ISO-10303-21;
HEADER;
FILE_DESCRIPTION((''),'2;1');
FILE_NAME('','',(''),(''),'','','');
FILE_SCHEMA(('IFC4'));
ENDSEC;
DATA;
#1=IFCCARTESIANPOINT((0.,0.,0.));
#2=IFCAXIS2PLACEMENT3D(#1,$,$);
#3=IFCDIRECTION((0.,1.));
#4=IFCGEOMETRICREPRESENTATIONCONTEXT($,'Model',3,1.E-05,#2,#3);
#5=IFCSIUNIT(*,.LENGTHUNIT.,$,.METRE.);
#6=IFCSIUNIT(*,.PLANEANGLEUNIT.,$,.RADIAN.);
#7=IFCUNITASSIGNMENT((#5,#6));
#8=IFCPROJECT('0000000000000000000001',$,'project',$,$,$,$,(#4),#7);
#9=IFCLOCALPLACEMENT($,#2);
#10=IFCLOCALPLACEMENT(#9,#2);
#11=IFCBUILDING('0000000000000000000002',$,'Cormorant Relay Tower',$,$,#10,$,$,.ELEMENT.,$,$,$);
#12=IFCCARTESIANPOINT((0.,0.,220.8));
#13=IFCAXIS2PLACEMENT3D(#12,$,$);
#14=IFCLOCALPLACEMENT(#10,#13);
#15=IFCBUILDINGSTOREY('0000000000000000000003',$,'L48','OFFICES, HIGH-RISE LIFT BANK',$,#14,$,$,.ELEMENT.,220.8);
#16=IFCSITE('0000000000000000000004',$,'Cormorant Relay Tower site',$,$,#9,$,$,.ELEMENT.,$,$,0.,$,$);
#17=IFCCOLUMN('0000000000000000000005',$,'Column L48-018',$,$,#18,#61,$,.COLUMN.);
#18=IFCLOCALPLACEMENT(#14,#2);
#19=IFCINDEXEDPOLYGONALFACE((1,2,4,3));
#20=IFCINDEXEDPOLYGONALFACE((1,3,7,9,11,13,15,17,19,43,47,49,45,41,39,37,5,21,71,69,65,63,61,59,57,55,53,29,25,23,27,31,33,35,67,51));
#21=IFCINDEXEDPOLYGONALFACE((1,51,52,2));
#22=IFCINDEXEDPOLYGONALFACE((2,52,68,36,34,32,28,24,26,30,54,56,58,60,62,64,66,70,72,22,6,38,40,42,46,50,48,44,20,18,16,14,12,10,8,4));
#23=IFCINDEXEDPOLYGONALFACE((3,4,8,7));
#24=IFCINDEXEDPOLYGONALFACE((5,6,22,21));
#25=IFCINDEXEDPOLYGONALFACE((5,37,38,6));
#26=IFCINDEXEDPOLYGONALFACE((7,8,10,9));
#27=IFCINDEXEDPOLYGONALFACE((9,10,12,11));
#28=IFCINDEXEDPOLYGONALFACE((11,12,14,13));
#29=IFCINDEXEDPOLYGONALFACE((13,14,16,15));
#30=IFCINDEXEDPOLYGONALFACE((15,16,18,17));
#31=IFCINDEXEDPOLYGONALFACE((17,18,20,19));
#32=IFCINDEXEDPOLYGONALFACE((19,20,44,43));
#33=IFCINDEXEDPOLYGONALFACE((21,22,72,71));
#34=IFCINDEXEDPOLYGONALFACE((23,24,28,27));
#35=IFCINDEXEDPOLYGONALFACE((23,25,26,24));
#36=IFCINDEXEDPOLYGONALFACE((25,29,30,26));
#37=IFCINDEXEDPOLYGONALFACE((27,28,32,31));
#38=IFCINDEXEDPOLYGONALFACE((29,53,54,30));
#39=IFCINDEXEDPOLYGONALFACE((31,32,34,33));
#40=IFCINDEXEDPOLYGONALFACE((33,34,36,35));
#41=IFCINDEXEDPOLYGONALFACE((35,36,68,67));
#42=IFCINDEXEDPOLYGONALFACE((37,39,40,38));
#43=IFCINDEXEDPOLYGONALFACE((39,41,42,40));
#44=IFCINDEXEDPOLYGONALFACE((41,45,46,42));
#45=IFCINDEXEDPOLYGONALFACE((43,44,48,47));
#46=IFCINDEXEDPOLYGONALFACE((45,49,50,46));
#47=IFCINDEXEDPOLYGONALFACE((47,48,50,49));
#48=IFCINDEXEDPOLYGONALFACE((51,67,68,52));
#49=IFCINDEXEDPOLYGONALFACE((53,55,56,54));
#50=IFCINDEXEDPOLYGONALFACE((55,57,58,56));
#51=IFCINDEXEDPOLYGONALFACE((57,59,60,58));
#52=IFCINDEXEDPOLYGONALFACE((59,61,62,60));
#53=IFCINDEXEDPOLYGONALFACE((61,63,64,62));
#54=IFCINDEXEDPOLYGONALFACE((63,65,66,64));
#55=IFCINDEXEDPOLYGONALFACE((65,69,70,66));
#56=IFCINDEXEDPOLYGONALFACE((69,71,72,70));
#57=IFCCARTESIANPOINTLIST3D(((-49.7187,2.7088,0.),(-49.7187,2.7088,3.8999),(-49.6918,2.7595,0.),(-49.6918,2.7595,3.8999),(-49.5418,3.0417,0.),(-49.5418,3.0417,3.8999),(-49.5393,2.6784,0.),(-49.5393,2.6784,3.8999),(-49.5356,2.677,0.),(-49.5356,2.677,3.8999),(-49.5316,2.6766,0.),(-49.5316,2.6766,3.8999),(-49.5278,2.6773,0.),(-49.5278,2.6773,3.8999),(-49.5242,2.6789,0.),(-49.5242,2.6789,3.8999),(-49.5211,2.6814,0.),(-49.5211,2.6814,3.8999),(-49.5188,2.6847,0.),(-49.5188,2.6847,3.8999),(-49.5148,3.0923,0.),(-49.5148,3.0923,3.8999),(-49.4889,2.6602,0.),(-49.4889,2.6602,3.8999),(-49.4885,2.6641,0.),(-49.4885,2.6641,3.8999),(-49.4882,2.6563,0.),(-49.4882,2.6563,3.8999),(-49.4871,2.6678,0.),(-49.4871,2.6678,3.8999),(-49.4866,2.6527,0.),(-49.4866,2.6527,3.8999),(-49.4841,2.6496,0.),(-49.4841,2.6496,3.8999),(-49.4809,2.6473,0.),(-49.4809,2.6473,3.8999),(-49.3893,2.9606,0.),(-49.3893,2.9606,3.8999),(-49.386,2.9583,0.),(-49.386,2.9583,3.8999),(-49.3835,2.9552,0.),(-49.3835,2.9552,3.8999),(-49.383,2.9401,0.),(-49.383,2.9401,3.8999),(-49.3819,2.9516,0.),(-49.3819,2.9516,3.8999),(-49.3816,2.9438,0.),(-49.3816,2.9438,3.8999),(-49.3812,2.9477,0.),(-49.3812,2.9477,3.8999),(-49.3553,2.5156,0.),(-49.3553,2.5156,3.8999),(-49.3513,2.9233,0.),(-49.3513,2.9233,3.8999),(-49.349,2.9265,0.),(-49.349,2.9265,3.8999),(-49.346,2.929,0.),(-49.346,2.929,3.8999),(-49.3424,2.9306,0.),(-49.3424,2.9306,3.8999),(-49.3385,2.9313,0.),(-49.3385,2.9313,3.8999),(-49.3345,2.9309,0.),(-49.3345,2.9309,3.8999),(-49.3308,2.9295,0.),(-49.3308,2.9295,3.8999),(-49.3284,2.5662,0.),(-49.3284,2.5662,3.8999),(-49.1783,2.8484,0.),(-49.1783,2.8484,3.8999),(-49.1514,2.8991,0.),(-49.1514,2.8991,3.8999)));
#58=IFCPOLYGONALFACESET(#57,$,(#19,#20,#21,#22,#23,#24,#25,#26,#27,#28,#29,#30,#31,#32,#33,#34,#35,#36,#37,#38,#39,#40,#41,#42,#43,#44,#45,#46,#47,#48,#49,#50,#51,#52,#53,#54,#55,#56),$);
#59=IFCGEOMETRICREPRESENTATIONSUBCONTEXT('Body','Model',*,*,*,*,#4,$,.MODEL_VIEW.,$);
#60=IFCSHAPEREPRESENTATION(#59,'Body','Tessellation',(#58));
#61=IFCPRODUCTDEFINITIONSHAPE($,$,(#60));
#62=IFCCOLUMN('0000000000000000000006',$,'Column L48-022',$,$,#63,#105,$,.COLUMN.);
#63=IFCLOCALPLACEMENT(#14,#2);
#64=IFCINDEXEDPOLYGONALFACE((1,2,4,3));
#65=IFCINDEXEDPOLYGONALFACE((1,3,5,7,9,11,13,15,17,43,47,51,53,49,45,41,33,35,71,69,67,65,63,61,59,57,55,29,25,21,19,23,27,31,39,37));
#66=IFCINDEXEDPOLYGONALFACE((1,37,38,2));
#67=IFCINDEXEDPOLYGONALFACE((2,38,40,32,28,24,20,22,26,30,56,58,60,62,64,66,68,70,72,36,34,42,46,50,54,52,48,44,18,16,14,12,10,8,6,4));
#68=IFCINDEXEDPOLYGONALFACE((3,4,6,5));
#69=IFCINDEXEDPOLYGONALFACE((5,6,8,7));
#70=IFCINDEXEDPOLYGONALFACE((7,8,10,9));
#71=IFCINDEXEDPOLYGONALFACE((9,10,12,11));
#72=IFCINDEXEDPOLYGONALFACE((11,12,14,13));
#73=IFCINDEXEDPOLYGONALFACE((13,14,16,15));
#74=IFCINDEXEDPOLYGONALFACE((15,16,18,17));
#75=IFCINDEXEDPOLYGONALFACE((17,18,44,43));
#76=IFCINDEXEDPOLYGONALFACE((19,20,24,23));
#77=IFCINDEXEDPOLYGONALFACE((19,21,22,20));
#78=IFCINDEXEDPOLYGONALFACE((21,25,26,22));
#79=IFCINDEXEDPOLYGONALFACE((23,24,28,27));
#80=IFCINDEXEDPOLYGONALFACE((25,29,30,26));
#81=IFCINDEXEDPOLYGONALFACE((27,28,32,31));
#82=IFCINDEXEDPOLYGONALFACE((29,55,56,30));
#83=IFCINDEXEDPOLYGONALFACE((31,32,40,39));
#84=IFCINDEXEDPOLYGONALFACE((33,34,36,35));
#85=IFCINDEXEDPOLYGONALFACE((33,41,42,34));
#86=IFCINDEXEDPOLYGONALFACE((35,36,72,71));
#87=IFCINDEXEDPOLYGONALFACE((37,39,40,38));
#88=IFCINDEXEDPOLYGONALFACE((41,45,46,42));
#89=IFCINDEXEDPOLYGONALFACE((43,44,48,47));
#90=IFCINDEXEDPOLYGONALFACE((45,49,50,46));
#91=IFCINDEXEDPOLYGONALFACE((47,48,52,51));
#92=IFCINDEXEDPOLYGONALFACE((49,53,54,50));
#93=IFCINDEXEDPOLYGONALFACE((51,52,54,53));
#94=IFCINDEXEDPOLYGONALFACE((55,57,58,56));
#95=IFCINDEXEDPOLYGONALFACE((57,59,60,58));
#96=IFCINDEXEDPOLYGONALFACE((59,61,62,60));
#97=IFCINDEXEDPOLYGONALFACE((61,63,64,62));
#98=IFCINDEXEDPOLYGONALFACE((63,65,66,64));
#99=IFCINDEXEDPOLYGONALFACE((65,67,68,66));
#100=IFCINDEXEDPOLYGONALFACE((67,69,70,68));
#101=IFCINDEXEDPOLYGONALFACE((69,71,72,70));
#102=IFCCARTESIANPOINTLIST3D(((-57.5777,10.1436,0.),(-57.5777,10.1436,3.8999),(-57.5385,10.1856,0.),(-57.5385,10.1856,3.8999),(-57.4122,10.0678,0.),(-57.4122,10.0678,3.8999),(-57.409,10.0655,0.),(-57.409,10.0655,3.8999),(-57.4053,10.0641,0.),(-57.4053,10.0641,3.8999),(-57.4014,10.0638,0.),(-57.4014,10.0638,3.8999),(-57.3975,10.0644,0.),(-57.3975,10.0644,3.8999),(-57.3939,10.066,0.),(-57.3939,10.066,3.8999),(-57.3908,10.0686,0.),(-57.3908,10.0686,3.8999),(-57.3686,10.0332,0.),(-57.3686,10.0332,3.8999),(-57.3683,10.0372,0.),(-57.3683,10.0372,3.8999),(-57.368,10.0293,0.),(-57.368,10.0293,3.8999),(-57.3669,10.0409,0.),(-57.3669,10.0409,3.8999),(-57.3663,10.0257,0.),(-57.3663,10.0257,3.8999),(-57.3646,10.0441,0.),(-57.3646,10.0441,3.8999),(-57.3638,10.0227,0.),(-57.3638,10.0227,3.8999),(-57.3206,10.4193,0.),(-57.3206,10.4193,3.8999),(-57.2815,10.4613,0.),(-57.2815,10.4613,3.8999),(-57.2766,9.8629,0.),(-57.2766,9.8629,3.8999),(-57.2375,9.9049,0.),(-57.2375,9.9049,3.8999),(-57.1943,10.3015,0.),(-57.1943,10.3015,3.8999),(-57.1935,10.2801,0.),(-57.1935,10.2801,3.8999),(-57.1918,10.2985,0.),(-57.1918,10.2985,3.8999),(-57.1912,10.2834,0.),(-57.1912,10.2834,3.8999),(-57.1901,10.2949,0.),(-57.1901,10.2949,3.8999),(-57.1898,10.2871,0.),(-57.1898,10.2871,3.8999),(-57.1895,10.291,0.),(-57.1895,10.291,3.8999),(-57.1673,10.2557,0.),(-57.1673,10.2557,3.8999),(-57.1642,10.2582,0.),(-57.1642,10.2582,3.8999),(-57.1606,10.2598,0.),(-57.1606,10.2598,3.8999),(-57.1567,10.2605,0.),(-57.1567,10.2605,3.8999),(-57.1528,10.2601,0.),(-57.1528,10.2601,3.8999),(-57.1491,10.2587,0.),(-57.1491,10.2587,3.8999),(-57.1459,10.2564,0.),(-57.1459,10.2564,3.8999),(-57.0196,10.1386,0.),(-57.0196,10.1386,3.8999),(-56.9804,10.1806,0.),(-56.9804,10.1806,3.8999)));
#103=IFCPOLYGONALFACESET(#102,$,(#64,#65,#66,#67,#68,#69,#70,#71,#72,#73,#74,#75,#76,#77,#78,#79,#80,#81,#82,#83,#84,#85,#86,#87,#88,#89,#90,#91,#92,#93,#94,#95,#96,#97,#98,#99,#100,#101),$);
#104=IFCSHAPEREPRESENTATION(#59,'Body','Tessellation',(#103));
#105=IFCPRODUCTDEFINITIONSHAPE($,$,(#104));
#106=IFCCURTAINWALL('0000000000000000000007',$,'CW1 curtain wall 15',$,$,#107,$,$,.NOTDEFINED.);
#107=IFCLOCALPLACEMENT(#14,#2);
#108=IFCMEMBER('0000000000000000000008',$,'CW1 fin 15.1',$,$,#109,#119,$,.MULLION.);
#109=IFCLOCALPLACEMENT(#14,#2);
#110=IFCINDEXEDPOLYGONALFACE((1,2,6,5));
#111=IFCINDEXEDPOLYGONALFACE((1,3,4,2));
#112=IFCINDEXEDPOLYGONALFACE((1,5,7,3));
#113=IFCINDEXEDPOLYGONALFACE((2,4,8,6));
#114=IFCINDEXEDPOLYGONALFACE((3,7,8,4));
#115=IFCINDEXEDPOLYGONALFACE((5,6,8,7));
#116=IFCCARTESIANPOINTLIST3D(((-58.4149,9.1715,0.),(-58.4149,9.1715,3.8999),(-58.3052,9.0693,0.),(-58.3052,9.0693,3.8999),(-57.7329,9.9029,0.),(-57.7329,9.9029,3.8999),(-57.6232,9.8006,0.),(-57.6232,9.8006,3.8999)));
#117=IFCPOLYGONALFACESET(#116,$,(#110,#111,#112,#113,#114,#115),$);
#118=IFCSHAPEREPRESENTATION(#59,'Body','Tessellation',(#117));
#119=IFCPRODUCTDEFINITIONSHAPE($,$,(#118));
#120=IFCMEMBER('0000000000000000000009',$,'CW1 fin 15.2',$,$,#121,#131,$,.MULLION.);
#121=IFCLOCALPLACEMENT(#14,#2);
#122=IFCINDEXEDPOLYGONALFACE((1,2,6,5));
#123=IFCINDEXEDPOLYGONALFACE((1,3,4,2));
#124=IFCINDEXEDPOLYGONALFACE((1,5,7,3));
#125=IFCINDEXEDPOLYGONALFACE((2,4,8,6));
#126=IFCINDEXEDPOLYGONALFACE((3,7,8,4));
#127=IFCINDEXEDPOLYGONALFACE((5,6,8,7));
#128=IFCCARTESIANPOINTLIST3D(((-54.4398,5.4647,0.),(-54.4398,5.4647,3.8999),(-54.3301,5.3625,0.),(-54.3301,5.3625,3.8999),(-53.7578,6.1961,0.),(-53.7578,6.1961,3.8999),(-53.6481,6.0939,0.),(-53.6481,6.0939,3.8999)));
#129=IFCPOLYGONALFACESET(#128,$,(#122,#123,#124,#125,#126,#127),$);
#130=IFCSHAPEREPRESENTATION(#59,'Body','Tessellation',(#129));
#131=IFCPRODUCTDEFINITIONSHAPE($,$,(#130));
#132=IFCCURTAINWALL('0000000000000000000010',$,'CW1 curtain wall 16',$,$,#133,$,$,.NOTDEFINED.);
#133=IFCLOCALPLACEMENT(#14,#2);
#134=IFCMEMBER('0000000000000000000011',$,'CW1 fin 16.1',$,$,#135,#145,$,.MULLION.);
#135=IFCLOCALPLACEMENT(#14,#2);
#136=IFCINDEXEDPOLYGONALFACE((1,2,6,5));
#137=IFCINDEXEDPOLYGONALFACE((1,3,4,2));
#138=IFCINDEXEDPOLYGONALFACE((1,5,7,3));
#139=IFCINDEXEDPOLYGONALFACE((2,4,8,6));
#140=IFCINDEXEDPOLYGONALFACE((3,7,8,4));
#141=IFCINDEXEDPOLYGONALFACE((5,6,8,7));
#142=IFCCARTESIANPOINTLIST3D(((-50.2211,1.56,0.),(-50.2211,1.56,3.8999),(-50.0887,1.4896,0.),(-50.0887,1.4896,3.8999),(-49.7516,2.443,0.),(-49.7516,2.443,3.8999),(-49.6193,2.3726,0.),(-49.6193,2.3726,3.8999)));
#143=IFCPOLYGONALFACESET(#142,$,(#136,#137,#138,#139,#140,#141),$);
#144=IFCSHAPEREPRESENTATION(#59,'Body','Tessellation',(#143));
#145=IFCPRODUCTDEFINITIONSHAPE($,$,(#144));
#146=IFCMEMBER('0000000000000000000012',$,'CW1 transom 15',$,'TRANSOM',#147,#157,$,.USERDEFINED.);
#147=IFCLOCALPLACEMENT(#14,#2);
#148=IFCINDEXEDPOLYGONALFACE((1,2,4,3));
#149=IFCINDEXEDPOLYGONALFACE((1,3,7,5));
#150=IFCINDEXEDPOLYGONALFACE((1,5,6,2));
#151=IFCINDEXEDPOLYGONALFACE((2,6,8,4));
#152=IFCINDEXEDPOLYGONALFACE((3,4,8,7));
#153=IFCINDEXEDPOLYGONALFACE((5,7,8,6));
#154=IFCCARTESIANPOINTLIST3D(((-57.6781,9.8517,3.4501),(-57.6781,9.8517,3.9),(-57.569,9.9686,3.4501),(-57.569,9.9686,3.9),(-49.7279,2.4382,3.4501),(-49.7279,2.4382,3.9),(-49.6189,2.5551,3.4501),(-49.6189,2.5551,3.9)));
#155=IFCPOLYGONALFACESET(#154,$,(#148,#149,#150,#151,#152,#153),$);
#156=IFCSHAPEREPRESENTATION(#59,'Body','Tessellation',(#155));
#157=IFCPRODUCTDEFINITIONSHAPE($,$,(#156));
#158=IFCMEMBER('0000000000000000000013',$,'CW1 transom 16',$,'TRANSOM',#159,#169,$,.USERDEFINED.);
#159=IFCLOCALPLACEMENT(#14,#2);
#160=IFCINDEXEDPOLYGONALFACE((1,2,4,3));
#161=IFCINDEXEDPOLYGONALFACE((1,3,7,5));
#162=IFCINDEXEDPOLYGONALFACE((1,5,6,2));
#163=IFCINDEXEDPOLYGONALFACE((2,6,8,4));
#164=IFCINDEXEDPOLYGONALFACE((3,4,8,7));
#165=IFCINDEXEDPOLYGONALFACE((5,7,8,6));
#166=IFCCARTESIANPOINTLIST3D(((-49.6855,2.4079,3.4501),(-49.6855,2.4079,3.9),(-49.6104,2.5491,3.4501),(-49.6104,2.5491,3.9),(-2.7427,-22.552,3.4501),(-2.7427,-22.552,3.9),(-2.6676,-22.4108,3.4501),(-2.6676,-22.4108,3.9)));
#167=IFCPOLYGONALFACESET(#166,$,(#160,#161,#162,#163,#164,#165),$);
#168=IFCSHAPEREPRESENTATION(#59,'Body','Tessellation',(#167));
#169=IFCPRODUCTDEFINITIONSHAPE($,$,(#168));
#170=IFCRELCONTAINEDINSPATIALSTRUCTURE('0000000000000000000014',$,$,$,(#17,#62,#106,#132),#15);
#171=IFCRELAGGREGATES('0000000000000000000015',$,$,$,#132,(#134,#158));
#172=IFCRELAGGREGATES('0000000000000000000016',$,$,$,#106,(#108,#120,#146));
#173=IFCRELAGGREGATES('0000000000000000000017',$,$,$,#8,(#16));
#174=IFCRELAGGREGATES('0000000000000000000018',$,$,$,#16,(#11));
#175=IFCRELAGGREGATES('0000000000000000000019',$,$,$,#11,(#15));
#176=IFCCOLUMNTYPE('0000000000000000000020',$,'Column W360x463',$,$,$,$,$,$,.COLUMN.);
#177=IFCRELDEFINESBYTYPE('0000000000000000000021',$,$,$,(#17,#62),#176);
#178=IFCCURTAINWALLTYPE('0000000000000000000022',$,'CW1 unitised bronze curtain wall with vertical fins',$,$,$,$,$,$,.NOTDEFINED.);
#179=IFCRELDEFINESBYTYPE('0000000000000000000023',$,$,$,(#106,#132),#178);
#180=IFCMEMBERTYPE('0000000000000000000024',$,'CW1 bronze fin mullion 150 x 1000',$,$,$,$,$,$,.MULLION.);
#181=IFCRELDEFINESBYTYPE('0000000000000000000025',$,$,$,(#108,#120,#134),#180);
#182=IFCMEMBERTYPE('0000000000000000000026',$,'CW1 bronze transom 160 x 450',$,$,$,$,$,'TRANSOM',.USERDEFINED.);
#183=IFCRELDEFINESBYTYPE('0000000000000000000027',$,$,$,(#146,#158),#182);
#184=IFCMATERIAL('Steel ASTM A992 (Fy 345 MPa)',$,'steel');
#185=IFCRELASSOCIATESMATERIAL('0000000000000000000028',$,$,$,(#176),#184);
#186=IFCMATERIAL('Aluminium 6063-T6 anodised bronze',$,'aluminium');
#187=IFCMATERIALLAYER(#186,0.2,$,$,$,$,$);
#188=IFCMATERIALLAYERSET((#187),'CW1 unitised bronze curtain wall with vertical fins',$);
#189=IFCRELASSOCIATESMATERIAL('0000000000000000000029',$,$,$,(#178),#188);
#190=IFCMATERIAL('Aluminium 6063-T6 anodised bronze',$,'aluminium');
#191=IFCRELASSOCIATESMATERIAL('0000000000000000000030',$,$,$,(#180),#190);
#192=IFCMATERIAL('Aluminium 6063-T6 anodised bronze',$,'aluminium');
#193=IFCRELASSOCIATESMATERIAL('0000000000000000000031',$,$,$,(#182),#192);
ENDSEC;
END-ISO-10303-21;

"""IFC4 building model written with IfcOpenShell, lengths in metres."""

from ifc_helpers import new_model, si_unit, direction, frame, origin, origin_2d, place, context, subcontext, project, spatial, rectangle, i_section, extrude, material, layer, layer_set, material_profile, profile_set, type_object, element, aggregate, save


model = new_model("IFC4")

# Units and contexts
model_context = context("Model", 3, precision=1e-05, world=origin(), true_north=direction((0.0, 1.0)))
body_context = subcontext(model_context, "Body", "Model", "MODEL_VIEW")
ifc_project = project(units=[si_unit("LENGTHUNIT", "METRE"), si_unit("PLANEANGLEUNIT", "RADIAN")], contexts=[model_context])

# Site, building, storey
site_placement = place(None, origin())
site = spatial("IfcSite", under=ifc_project, at=site_placement, Name="Cormorant Relay Tower site", CompositionType="ELEMENT", RefElevation=0.0)
building_placement = place(site_placement, origin())
building = spatial("IfcBuilding", under=site, at=building_placement, Name="Cormorant Relay Tower", CompositionType="ELEMENT")
storey_placement = place(building_placement, frame((0.0, 0.0, 220.8)))
storey = spatial("IfcBuildingStorey", under=building, at=storey_placement, Name="L48", Description="OFFICES, HIGH-RISE LIFT BANK", CompositionType="ELEMENT", Elevation=220.8)

# Columns
ifc_material_1 = material(Name="Steel ASTM A992 (Fy 345 MPa)", Category="steel")
ifc_material_profile_1 = material_profile(ifc_material_1, i_section(OverallWidth=0.4116, OverallDepth=0.4343, WebThickness=0.0359, FlangeThickness=0.0574, FilletRadius=0.0151, at=origin_2d()), Name="W360x463")
ifc_profile_set_1 = profile_set([ifc_material_profile_1], Name="Steel ASTM A992 (Fy 345 MPa)")
column_type = type_object("IfcColumnType", Name="Column W360x463", PredefinedType="COLUMN", material=ifc_profile_set_1)
for number, where, z_axis, x_axis, name in (
    (1, (-49.4351, 2.804, 0.0), (0.0, 0.0, 1.0), (0.882948, -0.469472, 0.0), "Column L48-018"),
    (2, (-57.2791, 10.1621, 0.0), (0.0, 0.0, 1.0), (0.731354, -0.681998, 0.0), "Column L48-022"),
):
    element("IfcColumn", number, at=place(storey_placement, frame(where, z_axis=z_axis, x_axis=x_axis)), inside=storey, type_object=column_type, Name=name, PredefinedType="COLUMN", context=body_context, shape_type="SweptSolid", body=[
        extrude(i_section(OverallWidth=0.4116, OverallDepth=0.4343, WebThickness=0.0359, FlangeThickness=0.0574, FilletRadius=0.0151, at=origin_2d()), origin(), (0.0, 0.0, 1.0), 3.8999),
    ])

# Curtain wall, members
ifc_material_2 = material(Name="Aluminium 6063-T6 anodised bronze", Category="aluminium")
ifc_layer_1 = layer(ifc_material_2, 0.2)
ifc_layer_set_1 = layer_set([ifc_layer_1], Name="CW1 unitised bronze curtain wall with vertical fins")
curtain_wall_type = type_object("IfcCurtainWallType", Name="CW1 unitised bronze curtain wall with vertical fins", PredefinedType="NOTDEFINED", material=ifc_layer_set_1)
curtain_wall_1_placement = place(storey_placement, origin())
curtain_wall_1 = element("IfcCurtainWall", 3, at=curtain_wall_1_placement, inside=storey, type_object=curtain_wall_type, Name="CW1 curtain wall 15", PredefinedType="NOTDEFINED")
ifc_material_3 = material(Name="Aluminium 6063-T6 anodised bronze", Category="aluminium")
ifc_material_profile_2 = material_profile(ifc_material_3, rectangle(XDim=0.1499, YDim=1.0, at=origin_2d()), Name="AL 150x1000")
ifc_profile_set_2 = profile_set([ifc_material_profile_2], Name="Aluminium 6063-T6 anodised bronze")
member_type_1 = type_object("IfcMemberType", Name="CW1 bronze fin mullion 150 x 1000", PredefinedType="MULLION", material=ifc_profile_set_2)
member_1_placement = place(storey_placement, frame((-58.019, 9.4861, 0.0), z_axis=(0.0, 0.0, 1.0), x_axis=(0.731354, -0.681998, 0.0)))
member_1 = element("IfcMember", 4, at=member_1_placement, type_object=member_type_1, Name="CW1 fin 15.1", PredefinedType="MULLION", context=body_context, shape_type="SweptSolid", body=[
    extrude(rectangle(XDim=0.1499, YDim=1.0, at=origin_2d()), origin(), (0.0, 0.0, 1.0), 3.8999),
])
member_2_placement = place(storey_placement, frame((-54.0439, 5.7793, 0.0), z_axis=(0.0, 0.0, 1.0), x_axis=(0.731354, -0.681998, 0.0)))
member_2 = element("IfcMember", 5, at=member_2_placement, type_object=member_type_1, Name="CW1 fin 15.2", PredefinedType="MULLION", context=body_context, shape_type="SweptSolid", body=[
    extrude(rectangle(XDim=0.1499, YDim=1.0, at=origin_2d()), origin(), (0.0, 0.0, 1.0), 3.8999),
])

# Curtain wall, member
curtain_wall_2_placement = place(storey_placement, origin())
curtain_wall_2 = element("IfcCurtainWall", 6, at=curtain_wall_2_placement, inside=storey, type_object=curtain_wall_type, Name="CW1 curtain wall 16", PredefinedType="NOTDEFINED")
member_3_placement = place(storey_placement, frame((-49.9202, 1.9663, 0.0), z_axis=(0.0, 0.0, 1.0), x_axis=(0.882948, -0.469472, 0.0)))
member_3 = element("IfcMember", 7, at=member_3_placement, type_object=member_type_1, Name="CW1 fin 16.1", PredefinedType="MULLION", context=body_context, shape_type="SweptSolid", body=[
    extrude(rectangle(XDim=0.1499, YDim=1.0, at=origin_2d()), origin(), (0.0, 0.0, 1.0), 3.8999),
])

# Members
ifc_material_4 = material(Name="Aluminium 6063-T6 anodised bronze", Category="aluminium")
ifc_material_profile_3 = material_profile(ifc_material_4, rectangle(XDim=0.1599, YDim=0.45, at=origin_2d()), Name="AL 160x450")
ifc_profile_set_3 = profile_set([ifc_material_profile_3], Name="Aluminium 6063-T6 anodised bronze")
member_type_2 = type_object("IfcMemberType", Name="CW1 bronze transom 160 x 450", ElementType="TRANSOM", PredefinedType="USERDEFINED", material=ifc_profile_set_3)
member_4_placement = place(storey_placement, frame((-57.6235, 9.9102, 3.675), z_axis=(0.731358, -0.681993, 0.0), x_axis=(0.681993, 0.731358, 0.0)))
member_4 = element("IfcMember", 8, at=member_4_placement, type_object=member_type_2, Name="CW1 transom 15", ObjectType="TRANSOM", PredefinedType="USERDEFINED", context=body_context, shape_type="SweptSolid", body=[
    extrude(rectangle(XDim=0.1599, YDim=0.45, at=origin_2d()), origin(), (0.0, 0.0, 1.0), 10.8704),
])
member_5_placement = place(storey_placement, frame((-49.6479, 2.4785, 3.675), z_axis=(0.882948, -0.469471, 0.0), x_axis=(0.469471, 0.882948, 0.0)))
member_5 = element("IfcMember", 9, at=member_5_placement, type_object=member_type_2, Name="CW1 transom 16", ObjectType="TRANSOM", PredefinedType="USERDEFINED", context=body_context, shape_type="SweptSolid", body=[
    extrude(rectangle(XDim=0.1599, YDim=0.45, at=origin_2d()), origin(), (0.0, 0.0, 1.0), 53.166),
])
aggregate(curtain_wall_2, [member_3, member_5])

aggregate(curtain_wall_1, [member_1, member_2, member_4])

save(model, "model.ifc")
